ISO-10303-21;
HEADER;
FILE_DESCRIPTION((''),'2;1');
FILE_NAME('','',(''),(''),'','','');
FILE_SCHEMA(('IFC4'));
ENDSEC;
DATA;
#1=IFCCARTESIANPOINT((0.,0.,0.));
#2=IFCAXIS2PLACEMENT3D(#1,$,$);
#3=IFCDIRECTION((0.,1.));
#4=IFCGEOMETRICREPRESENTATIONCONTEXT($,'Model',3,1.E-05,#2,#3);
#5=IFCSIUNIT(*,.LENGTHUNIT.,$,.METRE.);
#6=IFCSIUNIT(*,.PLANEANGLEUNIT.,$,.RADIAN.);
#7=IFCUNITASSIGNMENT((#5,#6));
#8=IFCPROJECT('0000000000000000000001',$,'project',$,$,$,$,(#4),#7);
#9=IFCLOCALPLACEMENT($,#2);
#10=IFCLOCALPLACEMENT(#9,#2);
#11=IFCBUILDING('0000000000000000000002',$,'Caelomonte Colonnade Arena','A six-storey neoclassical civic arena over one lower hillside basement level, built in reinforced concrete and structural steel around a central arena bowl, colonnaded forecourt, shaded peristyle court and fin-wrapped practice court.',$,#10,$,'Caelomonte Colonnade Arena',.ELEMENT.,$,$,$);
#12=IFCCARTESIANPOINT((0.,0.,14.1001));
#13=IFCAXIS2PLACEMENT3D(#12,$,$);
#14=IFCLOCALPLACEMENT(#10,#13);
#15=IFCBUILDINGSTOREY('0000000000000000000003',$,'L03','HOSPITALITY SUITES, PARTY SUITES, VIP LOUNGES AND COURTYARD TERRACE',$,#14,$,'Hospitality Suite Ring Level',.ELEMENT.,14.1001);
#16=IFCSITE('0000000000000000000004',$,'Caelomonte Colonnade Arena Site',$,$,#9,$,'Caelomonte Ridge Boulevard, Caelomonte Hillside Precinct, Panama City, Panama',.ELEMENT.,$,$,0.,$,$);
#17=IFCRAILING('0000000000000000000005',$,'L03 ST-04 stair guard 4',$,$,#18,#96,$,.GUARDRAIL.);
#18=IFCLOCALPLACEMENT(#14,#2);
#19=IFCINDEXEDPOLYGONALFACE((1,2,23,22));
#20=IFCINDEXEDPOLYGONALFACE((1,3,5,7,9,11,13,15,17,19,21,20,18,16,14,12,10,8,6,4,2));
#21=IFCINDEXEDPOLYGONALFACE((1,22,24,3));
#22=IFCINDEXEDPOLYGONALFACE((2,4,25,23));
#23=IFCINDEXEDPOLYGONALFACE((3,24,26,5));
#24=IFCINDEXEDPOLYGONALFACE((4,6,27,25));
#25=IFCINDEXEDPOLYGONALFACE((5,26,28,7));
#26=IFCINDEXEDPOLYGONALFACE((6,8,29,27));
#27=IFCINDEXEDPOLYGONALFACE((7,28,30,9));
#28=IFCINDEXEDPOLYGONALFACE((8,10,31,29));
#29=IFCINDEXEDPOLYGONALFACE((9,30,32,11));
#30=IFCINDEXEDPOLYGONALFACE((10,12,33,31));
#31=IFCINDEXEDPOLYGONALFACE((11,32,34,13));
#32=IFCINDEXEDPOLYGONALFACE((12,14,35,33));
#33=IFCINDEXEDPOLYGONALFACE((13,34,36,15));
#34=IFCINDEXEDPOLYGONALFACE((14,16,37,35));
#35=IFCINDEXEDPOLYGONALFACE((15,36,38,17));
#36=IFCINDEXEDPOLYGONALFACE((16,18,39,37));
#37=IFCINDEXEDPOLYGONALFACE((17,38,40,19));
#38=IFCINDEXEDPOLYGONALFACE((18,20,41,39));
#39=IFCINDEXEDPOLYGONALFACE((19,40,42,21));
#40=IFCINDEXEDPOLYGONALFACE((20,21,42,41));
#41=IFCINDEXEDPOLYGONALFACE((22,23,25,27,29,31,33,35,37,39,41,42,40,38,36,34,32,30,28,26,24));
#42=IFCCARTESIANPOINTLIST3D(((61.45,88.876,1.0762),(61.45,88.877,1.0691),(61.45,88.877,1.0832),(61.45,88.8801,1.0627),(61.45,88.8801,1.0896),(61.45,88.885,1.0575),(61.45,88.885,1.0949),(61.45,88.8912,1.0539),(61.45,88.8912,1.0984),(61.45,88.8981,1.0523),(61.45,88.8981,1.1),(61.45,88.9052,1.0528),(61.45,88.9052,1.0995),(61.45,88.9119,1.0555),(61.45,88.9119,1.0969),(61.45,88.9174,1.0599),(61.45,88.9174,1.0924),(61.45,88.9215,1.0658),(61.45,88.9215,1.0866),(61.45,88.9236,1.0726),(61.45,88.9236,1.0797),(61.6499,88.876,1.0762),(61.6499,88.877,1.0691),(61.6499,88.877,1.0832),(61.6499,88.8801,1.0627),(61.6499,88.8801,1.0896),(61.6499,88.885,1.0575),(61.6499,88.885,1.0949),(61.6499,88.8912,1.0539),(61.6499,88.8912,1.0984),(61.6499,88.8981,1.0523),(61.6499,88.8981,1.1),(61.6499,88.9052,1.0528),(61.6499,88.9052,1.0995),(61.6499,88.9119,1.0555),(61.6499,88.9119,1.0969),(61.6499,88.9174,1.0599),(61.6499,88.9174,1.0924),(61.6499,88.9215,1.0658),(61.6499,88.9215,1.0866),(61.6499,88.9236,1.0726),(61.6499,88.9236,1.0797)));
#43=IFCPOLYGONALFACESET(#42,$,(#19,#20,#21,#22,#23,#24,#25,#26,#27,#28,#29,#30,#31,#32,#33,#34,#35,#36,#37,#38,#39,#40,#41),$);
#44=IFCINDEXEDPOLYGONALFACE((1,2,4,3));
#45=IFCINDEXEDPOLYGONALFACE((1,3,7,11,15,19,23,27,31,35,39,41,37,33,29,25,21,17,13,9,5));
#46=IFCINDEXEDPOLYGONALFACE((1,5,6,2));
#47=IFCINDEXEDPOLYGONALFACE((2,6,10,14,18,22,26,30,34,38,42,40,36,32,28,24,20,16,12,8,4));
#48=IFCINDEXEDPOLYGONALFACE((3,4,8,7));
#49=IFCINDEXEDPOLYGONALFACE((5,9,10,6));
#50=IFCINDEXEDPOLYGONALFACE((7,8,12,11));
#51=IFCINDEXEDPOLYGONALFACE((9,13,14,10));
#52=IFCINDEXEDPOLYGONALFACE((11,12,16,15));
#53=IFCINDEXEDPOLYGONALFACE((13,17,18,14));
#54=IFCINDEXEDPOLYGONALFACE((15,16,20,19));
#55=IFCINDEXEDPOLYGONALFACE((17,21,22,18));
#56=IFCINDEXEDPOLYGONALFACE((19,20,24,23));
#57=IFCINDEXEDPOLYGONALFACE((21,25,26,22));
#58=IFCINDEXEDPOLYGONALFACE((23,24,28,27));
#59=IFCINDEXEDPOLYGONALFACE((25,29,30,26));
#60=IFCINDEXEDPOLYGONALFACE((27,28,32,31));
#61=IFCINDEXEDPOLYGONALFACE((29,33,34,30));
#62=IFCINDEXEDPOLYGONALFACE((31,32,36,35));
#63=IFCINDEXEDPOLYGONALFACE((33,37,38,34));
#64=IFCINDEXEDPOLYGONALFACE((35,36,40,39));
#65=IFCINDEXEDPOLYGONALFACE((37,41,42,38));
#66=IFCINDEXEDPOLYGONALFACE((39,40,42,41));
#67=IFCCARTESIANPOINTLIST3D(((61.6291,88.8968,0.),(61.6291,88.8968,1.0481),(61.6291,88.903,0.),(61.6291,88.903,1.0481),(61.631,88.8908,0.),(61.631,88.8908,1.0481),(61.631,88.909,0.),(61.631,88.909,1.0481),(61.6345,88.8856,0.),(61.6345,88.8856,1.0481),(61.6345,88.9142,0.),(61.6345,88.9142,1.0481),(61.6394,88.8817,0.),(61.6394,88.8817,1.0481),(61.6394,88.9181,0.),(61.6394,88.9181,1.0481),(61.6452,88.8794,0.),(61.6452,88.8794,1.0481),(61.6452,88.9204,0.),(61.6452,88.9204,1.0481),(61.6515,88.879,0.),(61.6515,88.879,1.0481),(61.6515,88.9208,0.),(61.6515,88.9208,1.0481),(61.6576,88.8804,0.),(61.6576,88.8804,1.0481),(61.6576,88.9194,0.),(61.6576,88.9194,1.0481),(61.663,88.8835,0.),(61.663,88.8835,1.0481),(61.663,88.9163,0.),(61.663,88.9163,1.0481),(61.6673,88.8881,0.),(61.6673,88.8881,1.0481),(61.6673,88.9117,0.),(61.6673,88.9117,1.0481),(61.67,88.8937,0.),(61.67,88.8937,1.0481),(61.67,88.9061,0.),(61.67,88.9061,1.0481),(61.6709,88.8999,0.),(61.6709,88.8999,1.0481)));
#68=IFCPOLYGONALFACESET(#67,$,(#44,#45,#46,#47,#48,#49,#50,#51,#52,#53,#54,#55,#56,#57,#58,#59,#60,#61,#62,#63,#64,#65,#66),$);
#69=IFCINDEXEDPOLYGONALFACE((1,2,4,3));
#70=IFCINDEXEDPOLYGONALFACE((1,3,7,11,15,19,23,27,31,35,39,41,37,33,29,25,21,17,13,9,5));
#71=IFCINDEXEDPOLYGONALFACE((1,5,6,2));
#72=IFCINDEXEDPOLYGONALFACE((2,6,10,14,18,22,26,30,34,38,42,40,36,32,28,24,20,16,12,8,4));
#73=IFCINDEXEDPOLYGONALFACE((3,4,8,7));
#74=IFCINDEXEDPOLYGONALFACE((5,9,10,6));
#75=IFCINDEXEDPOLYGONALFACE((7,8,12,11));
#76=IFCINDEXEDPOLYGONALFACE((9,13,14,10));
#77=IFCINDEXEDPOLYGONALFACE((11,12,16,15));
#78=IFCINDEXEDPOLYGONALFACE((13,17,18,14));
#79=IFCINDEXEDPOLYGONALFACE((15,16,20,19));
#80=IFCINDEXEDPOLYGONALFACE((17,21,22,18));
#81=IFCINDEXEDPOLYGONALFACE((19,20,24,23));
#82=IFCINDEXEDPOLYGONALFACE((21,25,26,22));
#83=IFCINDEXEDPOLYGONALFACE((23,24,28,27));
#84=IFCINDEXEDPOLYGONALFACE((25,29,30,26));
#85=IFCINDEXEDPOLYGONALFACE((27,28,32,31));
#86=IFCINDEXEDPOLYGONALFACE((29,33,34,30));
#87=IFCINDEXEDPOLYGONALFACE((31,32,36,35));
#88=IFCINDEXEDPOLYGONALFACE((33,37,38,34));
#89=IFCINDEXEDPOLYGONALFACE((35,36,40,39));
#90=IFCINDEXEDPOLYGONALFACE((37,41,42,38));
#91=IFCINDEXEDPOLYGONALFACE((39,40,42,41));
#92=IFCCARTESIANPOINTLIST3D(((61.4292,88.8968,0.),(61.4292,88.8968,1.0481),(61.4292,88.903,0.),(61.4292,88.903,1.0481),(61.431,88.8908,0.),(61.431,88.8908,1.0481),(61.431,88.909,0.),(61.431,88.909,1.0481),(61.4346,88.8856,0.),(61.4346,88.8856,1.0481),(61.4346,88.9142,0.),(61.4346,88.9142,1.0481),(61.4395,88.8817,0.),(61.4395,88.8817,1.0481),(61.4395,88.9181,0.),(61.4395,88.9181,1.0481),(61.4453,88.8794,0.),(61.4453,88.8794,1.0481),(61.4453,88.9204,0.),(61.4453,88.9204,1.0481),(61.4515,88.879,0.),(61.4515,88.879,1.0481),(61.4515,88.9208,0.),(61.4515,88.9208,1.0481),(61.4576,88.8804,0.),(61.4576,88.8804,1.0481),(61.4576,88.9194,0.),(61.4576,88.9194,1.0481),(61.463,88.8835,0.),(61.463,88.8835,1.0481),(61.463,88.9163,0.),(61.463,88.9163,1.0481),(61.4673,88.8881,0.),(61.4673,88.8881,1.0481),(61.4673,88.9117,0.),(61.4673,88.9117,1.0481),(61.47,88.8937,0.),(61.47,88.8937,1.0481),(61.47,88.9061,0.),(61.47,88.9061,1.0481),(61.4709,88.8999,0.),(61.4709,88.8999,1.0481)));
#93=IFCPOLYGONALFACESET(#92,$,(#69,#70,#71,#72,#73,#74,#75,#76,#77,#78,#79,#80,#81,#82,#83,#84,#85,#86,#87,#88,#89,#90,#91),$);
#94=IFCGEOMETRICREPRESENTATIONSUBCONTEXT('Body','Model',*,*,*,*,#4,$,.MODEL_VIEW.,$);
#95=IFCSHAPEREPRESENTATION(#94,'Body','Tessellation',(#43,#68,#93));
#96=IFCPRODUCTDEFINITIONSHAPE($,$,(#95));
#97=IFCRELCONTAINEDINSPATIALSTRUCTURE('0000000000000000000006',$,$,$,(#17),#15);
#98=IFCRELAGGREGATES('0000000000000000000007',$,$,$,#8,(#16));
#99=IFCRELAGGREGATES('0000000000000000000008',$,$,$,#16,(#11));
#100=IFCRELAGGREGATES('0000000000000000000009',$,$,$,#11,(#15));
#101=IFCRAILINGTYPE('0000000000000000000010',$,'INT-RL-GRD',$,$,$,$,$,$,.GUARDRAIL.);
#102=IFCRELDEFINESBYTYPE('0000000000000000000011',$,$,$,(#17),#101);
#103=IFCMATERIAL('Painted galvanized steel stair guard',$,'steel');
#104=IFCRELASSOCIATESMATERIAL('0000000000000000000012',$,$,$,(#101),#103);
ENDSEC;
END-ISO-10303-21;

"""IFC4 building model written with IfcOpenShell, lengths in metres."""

from ifc_helpers import new_model, si_unit, direction, frame, origin, origin_2d, place, context, subcontext, project, spatial, circle, extrude, material, type_object, element, save


model = new_model("IFC4")

# Units and contexts
model_context = context("Model", 3, precision=1e-05, world=origin(), true_north=direction((0.0, 1.0)))
body_context = subcontext(model_context, "Body", "Model", "MODEL_VIEW")
ifc_project = project(units=[si_unit("LENGTHUNIT", "METRE"), si_unit("PLANEANGLEUNIT", "RADIAN")], contexts=[model_context])

# Site, building, storey
site_placement = place(None, origin())
site = spatial("IfcSite", under=ifc_project, at=site_placement, Name="Caelomonte Colonnade Arena Site", LongName="Caelomonte Ridge Boulevard, Caelomonte Hillside Precinct, Panama City, Panama", CompositionType="ELEMENT", RefElevation=0.0)
building_placement = place(site_placement, origin())
building = spatial("IfcBuilding", under=site, at=building_placement, Name="Caelomonte Colonnade Arena", Description="A six-storey neoclassical civic arena over one lower hillside basement level, built in reinforced concrete and structural steel around a central arena bowl, colonnaded forecourt, shaded peristyle court and fin-wrapped practice court.", LongName="Caelomonte Colonnade Arena", CompositionType="ELEMENT")
storey_placement = place(building_placement, frame((0.0, 0.0, 14.1001)))
storey = spatial("IfcBuildingStorey", under=building, at=storey_placement, Name="L03", Description="HOSPITALITY SUITES, PARTY SUITES, VIP LOUNGES AND COURTYARD TERRACE", LongName="Hospitality Suite Ring Level", CompositionType="ELEMENT", Elevation=14.1001)

# Railing
ifc_material_1 = material(Name="Painted galvanized steel stair guard", Category="steel")
railing_type_1 = type_object("IfcRailingType", Name="INT-RL-GRD", PredefinedType="GUARDRAIL", material=ifc_material_1)
railing_1_placement = place(storey_placement, frame((61.6499, 88.8999, 0.0)))
element("IfcRailing", 1, at=railing_1_placement, inside=storey, type_object=railing_type_1, Name="L03 ST-04 stair guard 4", PredefinedType="GUARDRAIL", context=body_context, shape_type="SweptSolid", body=[
    extrude(circle(Radius=0.0239, at=origin_2d()), frame((0.0, 0.0, 1.0762), z_axis=(-1.0, 0.0, 0.0), x_axis=(0.0, -1.0, 0.0)), (0.0, 0.0, 1.0), 0.2),
    extrude(circle(Radius=0.021, at=origin_2d()), origin(), (0.0, 0.0, 1.0), 1.0481),
    extrude(circle(Radius=0.021, at=origin_2d()), frame((-0.2, 0.0, 0.0)), (0.0, 0.0, 1.0), 1.0481),
])

save(model, "model.ifc")
